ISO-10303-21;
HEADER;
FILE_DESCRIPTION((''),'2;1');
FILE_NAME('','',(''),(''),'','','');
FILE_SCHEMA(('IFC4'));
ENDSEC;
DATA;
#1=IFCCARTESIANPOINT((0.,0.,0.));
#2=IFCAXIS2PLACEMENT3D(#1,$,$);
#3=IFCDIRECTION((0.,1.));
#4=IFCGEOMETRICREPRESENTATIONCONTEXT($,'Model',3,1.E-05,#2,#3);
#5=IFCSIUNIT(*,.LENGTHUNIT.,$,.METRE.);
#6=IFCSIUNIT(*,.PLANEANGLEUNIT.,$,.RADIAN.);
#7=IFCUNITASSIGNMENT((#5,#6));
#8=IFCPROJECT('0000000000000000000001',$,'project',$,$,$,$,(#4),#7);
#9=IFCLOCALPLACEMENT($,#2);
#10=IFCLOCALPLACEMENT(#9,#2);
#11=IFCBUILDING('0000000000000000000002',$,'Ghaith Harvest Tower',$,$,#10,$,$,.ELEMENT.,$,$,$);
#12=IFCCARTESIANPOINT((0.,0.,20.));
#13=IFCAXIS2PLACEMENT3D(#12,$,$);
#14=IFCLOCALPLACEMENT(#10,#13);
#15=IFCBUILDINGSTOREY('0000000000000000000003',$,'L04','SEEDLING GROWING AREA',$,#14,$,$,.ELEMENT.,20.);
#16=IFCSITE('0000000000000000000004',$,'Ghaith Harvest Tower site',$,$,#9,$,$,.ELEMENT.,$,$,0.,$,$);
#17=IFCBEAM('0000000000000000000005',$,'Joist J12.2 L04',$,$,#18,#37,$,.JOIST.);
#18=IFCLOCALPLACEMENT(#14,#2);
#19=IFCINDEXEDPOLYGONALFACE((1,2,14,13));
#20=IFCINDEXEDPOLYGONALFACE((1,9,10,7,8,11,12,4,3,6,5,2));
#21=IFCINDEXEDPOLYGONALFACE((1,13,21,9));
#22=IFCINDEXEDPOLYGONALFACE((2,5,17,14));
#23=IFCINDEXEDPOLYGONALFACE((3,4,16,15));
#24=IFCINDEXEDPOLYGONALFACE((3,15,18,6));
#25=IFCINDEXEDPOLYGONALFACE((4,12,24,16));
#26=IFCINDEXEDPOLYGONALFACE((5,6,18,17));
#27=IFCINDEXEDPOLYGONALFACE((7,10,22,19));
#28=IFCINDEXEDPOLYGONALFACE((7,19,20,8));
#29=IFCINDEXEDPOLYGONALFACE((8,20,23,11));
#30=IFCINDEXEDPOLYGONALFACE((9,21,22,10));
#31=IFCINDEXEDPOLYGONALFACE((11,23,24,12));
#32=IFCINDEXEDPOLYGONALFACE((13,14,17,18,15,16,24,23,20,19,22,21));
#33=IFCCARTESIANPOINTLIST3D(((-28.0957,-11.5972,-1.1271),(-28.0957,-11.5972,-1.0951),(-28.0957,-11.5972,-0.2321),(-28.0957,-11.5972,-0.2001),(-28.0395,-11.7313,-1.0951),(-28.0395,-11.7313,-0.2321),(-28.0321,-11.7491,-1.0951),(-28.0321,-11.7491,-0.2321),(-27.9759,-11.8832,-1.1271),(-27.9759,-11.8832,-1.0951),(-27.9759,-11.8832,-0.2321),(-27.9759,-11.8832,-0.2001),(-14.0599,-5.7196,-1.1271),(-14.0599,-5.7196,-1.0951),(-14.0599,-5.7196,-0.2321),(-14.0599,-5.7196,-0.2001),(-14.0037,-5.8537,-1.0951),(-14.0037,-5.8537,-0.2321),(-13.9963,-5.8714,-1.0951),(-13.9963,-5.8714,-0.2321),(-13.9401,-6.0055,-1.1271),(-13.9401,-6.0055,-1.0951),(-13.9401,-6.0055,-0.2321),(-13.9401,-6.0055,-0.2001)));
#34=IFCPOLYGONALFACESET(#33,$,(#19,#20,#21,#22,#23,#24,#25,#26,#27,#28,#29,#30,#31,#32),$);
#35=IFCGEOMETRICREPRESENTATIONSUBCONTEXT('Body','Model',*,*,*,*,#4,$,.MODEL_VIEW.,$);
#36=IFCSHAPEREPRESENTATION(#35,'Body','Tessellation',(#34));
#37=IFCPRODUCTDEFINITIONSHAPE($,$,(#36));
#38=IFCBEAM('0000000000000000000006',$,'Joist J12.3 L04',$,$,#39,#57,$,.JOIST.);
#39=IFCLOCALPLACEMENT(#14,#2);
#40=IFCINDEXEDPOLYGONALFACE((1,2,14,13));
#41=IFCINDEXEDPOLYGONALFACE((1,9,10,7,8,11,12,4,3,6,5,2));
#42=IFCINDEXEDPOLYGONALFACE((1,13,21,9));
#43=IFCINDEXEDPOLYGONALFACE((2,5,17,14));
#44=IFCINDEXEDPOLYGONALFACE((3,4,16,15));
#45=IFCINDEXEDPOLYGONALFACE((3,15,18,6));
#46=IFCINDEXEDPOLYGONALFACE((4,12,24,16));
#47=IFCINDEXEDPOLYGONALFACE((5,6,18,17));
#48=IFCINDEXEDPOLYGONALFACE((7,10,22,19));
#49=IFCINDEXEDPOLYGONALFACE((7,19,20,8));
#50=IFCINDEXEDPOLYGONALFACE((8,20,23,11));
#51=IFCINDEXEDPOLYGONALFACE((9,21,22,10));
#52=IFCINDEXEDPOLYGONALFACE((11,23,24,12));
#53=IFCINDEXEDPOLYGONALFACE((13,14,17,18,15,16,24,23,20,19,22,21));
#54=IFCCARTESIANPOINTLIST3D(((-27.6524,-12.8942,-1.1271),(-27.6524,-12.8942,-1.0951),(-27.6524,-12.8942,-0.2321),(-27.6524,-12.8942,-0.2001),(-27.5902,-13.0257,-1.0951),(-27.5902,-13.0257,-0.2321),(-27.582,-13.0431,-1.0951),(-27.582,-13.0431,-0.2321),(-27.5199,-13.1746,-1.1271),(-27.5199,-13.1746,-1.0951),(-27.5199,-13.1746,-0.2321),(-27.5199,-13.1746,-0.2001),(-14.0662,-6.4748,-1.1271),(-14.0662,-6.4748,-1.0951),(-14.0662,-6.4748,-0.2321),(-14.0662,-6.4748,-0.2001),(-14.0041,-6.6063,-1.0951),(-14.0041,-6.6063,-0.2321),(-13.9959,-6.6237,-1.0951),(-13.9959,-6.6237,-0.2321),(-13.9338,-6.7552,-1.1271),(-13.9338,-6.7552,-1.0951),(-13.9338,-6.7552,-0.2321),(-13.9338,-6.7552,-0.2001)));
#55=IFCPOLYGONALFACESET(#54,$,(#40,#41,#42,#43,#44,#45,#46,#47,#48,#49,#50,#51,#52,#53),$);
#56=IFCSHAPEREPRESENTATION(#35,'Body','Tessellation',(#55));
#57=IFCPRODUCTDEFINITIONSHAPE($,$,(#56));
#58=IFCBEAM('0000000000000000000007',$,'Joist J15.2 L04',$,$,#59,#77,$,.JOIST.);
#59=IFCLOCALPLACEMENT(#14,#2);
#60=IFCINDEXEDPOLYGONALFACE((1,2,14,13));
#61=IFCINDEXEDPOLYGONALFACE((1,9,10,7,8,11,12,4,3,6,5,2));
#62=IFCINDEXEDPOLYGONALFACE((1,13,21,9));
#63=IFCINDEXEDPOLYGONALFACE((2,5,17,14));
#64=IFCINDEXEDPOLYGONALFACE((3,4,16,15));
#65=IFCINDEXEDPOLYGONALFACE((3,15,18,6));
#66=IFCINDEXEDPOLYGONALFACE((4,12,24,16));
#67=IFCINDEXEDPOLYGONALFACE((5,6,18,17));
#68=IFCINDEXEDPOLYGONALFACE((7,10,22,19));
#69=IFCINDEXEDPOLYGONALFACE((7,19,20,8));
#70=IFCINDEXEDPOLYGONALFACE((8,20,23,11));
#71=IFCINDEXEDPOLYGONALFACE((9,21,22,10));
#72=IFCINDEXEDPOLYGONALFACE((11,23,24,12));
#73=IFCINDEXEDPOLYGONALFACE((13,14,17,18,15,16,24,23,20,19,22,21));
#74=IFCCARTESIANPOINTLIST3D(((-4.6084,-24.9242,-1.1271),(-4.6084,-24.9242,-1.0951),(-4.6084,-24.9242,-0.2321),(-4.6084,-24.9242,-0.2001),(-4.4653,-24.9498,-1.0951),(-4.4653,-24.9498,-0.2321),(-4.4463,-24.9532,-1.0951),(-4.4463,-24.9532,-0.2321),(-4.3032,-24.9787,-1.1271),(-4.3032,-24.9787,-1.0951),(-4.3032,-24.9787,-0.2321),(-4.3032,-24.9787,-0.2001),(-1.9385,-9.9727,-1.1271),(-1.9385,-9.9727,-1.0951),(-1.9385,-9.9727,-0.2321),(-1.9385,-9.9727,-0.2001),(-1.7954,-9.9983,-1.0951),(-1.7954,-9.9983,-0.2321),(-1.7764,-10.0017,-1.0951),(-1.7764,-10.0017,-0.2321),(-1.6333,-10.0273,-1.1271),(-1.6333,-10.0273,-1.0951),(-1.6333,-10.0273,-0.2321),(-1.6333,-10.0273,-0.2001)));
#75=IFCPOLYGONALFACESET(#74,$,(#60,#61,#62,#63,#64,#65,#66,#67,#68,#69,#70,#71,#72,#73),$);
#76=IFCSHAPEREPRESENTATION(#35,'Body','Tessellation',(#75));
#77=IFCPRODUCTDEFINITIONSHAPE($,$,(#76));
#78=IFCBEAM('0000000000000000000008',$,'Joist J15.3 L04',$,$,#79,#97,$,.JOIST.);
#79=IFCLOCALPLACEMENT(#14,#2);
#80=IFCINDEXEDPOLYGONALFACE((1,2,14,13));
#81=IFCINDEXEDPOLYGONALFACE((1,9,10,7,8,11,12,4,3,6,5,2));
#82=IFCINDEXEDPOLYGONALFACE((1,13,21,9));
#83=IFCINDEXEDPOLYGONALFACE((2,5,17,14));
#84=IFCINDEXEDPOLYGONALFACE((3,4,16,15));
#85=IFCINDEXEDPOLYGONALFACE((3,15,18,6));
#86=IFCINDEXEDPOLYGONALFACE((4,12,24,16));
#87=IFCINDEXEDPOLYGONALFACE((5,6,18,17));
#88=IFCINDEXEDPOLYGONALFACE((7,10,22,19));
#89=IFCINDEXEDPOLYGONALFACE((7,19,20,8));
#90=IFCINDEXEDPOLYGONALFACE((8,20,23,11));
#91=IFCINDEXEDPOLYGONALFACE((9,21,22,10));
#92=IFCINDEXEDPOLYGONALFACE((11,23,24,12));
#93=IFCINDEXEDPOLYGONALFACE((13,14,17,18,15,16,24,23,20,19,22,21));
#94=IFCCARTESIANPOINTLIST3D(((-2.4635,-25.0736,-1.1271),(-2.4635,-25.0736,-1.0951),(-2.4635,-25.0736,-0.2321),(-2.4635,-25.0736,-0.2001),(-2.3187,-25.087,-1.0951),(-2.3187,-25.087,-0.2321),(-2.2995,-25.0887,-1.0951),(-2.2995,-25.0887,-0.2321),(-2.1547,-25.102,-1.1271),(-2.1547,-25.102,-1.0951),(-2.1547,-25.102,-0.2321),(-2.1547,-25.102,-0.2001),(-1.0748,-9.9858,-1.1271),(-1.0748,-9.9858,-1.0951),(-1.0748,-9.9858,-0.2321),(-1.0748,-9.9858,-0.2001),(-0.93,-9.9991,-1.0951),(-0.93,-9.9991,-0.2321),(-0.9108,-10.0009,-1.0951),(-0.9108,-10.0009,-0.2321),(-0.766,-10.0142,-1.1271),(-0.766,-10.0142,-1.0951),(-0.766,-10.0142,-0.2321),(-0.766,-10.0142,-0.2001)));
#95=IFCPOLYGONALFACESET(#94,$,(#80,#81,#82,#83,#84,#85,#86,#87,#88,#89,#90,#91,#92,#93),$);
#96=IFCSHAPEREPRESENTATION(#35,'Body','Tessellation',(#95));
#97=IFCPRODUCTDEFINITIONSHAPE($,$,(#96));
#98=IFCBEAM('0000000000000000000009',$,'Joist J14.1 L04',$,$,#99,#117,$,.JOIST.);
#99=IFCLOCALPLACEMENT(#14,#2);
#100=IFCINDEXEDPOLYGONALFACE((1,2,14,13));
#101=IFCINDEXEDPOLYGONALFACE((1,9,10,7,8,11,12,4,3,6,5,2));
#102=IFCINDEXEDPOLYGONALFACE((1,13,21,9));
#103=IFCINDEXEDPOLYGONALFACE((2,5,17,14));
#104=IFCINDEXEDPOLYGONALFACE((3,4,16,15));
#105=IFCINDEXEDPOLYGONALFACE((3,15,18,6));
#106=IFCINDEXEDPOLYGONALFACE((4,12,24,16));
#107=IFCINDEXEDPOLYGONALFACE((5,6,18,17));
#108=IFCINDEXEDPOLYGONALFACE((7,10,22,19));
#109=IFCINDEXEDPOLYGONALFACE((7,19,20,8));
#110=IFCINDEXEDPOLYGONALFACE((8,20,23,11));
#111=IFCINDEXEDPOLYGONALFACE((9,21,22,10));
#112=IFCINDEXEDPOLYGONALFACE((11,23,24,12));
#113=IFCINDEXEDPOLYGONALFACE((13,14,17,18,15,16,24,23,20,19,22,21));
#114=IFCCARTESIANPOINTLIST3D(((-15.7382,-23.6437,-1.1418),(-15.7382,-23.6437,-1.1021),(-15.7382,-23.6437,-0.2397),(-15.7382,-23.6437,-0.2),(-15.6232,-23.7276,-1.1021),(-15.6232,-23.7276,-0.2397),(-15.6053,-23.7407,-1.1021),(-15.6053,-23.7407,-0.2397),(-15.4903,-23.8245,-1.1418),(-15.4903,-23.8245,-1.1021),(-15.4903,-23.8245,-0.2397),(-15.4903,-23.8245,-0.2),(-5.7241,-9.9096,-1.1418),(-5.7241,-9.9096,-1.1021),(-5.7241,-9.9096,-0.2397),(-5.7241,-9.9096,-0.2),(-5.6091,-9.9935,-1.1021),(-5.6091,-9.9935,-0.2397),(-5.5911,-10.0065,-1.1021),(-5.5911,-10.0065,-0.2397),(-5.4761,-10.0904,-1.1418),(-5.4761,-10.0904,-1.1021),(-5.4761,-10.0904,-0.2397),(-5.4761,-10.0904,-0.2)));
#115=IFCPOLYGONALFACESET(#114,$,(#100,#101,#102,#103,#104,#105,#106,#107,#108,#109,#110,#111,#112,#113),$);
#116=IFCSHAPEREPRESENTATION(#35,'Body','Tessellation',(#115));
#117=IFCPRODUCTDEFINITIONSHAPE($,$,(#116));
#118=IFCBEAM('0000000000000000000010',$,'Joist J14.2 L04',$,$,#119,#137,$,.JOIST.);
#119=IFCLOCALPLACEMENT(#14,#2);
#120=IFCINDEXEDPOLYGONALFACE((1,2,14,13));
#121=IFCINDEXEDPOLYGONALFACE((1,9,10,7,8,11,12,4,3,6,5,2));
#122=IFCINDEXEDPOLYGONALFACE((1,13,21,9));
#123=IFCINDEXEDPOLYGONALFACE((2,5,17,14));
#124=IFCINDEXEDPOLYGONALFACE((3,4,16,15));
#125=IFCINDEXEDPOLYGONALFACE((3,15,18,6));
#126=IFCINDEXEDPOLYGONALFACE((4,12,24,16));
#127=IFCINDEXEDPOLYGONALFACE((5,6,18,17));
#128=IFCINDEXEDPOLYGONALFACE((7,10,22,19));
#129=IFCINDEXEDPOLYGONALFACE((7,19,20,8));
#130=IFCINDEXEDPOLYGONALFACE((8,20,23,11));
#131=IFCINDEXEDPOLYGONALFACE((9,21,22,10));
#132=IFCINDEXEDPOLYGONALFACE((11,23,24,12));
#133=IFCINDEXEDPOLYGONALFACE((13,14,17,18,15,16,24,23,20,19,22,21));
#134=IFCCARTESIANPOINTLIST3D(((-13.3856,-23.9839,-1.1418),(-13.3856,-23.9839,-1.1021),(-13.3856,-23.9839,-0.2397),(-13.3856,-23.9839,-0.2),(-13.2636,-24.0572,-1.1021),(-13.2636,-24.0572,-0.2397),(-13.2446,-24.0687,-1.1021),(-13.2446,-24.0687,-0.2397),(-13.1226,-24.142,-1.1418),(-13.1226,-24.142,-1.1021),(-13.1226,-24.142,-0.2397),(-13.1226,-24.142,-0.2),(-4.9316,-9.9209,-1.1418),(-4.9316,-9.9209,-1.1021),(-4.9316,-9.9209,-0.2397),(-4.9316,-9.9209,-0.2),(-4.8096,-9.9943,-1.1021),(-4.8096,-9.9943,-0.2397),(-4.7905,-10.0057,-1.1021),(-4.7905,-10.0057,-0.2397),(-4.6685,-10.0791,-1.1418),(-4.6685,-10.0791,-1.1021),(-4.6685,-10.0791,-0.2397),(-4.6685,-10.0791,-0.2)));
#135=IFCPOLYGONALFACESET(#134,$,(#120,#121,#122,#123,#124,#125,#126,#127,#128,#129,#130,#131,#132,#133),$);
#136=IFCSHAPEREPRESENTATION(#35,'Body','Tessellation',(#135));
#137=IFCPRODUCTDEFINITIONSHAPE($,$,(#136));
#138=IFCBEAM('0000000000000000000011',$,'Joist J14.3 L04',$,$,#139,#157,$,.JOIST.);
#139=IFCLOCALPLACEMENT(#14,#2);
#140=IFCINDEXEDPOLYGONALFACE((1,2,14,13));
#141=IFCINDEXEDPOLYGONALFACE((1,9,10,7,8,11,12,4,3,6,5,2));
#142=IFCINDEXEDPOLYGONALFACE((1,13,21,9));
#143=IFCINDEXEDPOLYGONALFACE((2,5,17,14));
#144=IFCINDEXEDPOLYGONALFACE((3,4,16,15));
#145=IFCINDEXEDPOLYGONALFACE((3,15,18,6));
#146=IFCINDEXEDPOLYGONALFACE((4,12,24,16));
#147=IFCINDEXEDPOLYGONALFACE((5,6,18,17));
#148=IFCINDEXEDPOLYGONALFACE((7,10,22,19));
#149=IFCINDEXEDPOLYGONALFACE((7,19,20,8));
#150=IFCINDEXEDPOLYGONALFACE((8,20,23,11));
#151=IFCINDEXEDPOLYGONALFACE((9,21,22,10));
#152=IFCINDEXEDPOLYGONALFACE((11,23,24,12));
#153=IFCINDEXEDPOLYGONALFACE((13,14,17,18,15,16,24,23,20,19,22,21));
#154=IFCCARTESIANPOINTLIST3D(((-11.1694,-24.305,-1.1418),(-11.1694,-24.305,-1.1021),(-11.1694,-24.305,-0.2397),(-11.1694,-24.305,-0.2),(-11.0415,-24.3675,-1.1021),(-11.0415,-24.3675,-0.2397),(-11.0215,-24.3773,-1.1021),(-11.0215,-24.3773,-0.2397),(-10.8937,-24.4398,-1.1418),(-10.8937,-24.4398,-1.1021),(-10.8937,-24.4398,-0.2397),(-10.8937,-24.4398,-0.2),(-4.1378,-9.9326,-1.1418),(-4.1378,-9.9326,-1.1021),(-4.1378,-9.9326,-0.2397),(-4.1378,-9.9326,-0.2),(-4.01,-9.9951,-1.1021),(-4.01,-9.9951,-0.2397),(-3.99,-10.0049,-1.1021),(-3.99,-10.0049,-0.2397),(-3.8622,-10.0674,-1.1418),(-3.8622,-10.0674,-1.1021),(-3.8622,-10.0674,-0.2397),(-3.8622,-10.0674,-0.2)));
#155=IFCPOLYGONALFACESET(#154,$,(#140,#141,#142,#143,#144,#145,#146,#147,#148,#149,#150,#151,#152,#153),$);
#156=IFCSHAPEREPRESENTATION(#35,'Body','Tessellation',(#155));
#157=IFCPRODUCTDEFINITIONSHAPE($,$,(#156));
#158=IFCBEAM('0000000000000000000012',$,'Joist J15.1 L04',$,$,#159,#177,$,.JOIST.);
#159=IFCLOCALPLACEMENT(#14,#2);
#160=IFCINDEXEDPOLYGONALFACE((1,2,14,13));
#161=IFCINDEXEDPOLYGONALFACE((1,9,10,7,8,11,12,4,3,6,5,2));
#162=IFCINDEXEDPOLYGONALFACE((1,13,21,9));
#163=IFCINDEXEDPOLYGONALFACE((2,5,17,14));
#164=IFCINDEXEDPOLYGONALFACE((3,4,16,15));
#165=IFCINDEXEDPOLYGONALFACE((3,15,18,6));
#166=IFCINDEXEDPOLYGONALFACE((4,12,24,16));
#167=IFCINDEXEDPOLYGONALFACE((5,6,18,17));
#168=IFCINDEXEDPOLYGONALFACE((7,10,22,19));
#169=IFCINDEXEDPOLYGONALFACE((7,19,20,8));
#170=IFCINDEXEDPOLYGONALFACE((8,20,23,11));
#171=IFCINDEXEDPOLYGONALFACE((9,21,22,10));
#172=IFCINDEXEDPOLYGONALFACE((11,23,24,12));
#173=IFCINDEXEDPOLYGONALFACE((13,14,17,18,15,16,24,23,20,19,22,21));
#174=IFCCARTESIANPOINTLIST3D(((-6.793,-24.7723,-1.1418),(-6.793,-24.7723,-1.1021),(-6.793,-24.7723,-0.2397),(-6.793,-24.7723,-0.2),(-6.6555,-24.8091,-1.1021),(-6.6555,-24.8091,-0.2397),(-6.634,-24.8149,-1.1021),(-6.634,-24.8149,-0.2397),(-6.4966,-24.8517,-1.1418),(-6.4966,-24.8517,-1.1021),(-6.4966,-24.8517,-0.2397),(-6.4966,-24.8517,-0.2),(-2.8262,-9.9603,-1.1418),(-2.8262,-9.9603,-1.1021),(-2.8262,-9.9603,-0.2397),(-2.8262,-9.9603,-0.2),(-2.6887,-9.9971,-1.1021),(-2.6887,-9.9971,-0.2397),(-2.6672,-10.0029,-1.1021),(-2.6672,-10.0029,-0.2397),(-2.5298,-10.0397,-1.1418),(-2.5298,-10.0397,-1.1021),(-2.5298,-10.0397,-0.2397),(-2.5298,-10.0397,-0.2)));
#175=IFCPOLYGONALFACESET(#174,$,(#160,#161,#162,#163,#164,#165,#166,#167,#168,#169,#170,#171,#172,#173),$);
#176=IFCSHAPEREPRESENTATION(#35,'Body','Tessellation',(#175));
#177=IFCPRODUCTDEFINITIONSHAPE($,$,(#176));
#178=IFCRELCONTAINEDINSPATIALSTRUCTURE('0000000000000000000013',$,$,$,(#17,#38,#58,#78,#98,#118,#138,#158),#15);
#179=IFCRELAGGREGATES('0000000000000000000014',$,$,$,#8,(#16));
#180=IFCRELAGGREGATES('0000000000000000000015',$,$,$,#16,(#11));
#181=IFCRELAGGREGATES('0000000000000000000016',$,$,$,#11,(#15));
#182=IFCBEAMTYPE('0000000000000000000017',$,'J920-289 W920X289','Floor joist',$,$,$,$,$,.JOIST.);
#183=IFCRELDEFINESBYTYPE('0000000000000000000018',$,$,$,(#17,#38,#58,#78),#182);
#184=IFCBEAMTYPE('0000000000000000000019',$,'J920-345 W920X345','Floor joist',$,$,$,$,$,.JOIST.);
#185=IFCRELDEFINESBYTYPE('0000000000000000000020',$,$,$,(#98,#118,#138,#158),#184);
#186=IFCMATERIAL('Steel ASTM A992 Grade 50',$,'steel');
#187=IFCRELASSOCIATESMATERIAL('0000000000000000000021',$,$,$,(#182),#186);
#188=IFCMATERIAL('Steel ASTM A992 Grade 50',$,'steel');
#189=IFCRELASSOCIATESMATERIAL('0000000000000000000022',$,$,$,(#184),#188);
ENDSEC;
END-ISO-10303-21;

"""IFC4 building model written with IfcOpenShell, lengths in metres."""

from ifc_helpers import new_model, si_unit, direction, frame, origin, origin_2d, place, context, subcontext, project, spatial, i_section, extrude, material, material_profile, profile_set, type_object, element, save


model = new_model("IFC4")

# Units and contexts
model_context = context("Model", 3, precision=1e-05, world=origin(), true_north=direction((0.0, 1.0)))
body_context = subcontext(model_context, "Body", "Model", "MODEL_VIEW")
ifc_project = project(units=[si_unit("LENGTHUNIT", "METRE"), si_unit("PLANEANGLEUNIT", "RADIAN")], contexts=[model_context])

# Site, building, storey
site_placement = place(None, origin())
site = spatial("IfcSite", under=ifc_project, at=site_placement, Name="Ghaith Harvest Tower site", CompositionType="ELEMENT", RefElevation=0.0)
building_placement = place(site_placement, origin())
building = spatial("IfcBuilding", under=site, at=building_placement, Name="Ghaith Harvest Tower", CompositionType="ELEMENT")
storey_placement = place(building_placement, frame((0.0, 0.0, 20.0)))
storey = spatial("IfcBuildingStorey", under=building, at=storey_placement, Name="L04", Description="SEEDLING GROWING AREA", CompositionType="ELEMENT", Elevation=20.0)

# Beams
ifc_material_1 = material(Name="Steel ASTM A992 Grade 50", Category="steel")
ifc_material_profile_1 = material_profile(ifc_material_1, i_section(OverallWidth=0.3101, OverallDepth=0.927, WebThickness=0.0193, FlangeThickness=0.032, at=origin_2d()), Name="W920X289")
ifc_profile_set_1 = profile_set([ifc_material_profile_1], Name="Steel ASTM A992 Grade 50")
beam_type_1 = type_object("IfcBeamType", Name="J920-289 W920X289", Description="Floor joist", PredefinedType="JOIST", material=ifc_profile_set_1)
beam_1_placement = place(storey_placement, frame((-14.0, -5.8625, -0.6636), z_axis=(-0.92239, -0.386261, 0.0), x_axis=(0.386261, -0.92239, 0.0)))
element("IfcBeam", 1, at=beam_1_placement, inside=storey, type_object=beam_type_1, Name="Joist J12.2 L04", PredefinedType="JOIST", context=body_context, shape_type="SweptSolid", body=[
    extrude(i_section(OverallWidth=0.3101, OverallDepth=0.927, WebThickness=0.0193, FlangeThickness=0.032, at=origin_2d()), origin(), (0.0, 0.0, 1.0), 15.2168),
])
beam_2_placement = place(storey_placement, frame((-14.0, -6.615, -0.6636), z_axis=(-0.904153, -0.42721, 0.0), x_axis=(0.42721, -0.904153, 0.0)))
element("IfcBeam", 2, at=beam_2_placement, inside=storey, type_object=beam_type_1, Name="Joist J12.3 L04", PredefinedType="JOIST", context=body_context, shape_type="SweptSolid", body=[
    extrude(i_section(OverallWidth=0.3101, OverallDepth=0.927, WebThickness=0.0193, FlangeThickness=0.032, at=origin_2d()), origin(), (0.0, 0.0, 1.0), 15.0264),
])
beam_3_placement = place(storey_placement, frame((-1.7859, -10.0, -0.6636), z_axis=(-0.175792, -0.984427, 0.0), x_axis=(0.984427, -0.175792, 0.0)))
element("IfcBeam", 3, at=beam_3_placement, inside=storey, type_object=beam_type_1, Name="Joist J15.2 L04", PredefinedType="JOIST", context=body_context, shape_type="SweptSolid", body=[
    extrude(i_section(OverallWidth=0.3101, OverallDepth=0.927, WebThickness=0.0193, FlangeThickness=0.032, at=origin_2d()), origin(), (0.0, 0.0, 1.0), 15.188),
])
beam_4_placement = place(storey_placement, frame((-0.9204, -10.0, -0.6636), z_axis=(-0.091651, -0.995791, 0.0), x_axis=(0.995791, -0.091651, 0.0)))
element("IfcBeam", 4, at=beam_4_placement, inside=storey, type_object=beam_type_1, Name="Joist J15.3 L04", PredefinedType="JOIST", context=body_context, shape_type="SweptSolid", body=[
    extrude(i_section(OverallWidth=0.3101, OverallDepth=0.927, WebThickness=0.0193, FlangeThickness=0.032, at=origin_2d()), origin(), (0.0, 0.0, 1.0), 15.1516),
])
ifc_material_2 = material(Name="Steel ASTM A992 Grade 50", Category="steel")
ifc_material_profile_2 = material_profile(ifc_material_2, i_section(OverallWidth=0.3069, OverallDepth=0.9419, WebThickness=0.0222, FlangeThickness=0.0398, at=origin_2d()), Name="W920X345")
ifc_profile_set_2 = profile_set([ifc_material_profile_2], Name="Steel ASTM A992 Grade 50")
beam_type_2 = type_object("IfcBeamType", Name="J920-345 W920X345", Description="Floor joist", PredefinedType="JOIST", material=ifc_profile_set_2)
beam_5_placement = place(storey_placement, frame((-5.6001, -10.0, -0.6709), z_axis=(-0.58916, -0.808016, 0.0), x_axis=(0.808016, -0.58916, 0.0)))
element("IfcBeam", 5, at=beam_5_placement, inside=storey, type_object=beam_type_2, Name="Joist J14.1 L04", PredefinedType="JOIST", context=body_context, shape_type="SweptSolid", body=[
    extrude(i_section(OverallWidth=0.3069, OverallDepth=0.9419, WebThickness=0.0222, FlangeThickness=0.0398, at=origin_2d()), origin(), (0.0, 0.0, 1.0), 16.9973),
])
beam_6_placement = place(storey_placement, frame((-4.8, -10.0, -0.6709), z_axis=(-0.515226, -0.857054, 0.0), x_axis=(0.857054, -0.515226, 0.0)))
element("IfcBeam", 6, at=beam_6_placement, inside=storey, type_object=beam_type_2, Name="Joist J14.2 L04", PredefinedType="JOIST", context=body_context, shape_type="SweptSolid", body=[
    extrude(i_section(OverallWidth=0.3069, OverallDepth=0.9419, WebThickness=0.0222, FlangeThickness=0.0398, at=origin_2d()), origin(), (0.0, 0.0, 1.0), 16.4084),
])
beam_7_placement = place(storey_placement, frame((-4.0, -10.0, -0.6709), z_axis=(-0.439464, -0.89826, 0.0), x_axis=(0.89826, -0.439464, 0.0)))
element("IfcBeam", 7, at=beam_7_placement, inside=storey, type_object=beam_type_2, Name="Joist J14.3 L04", PredefinedType="JOIST", context=body_context, shape_type="SweptSolid", body=[
    extrude(i_section(OverallWidth=0.3069, OverallDepth=0.9419, WebThickness=0.0222, FlangeThickness=0.0398, at=origin_2d()), origin(), (0.0, 0.0, 1.0), 16.0002),
])
beam_8_placement = place(storey_placement, frame((-2.678, -10.0, -0.6709), z_axis=(-0.258693, -0.96596, 0.0), x_axis=(0.96596, -0.258693, 0.0)))
element("IfcBeam", 8, at=beam_8_placement, inside=storey, type_object=beam_type_2, Name="Joist J15.1 L04", PredefinedType="JOIST", context=body_context, shape_type="SweptSolid", body=[
    extrude(i_section(OverallWidth=0.3069, OverallDepth=0.9419, WebThickness=0.0222, FlangeThickness=0.0398, at=origin_2d()), origin(), (0.0, 0.0, 1.0), 15.334),
])

save(model, "model.ifc")
